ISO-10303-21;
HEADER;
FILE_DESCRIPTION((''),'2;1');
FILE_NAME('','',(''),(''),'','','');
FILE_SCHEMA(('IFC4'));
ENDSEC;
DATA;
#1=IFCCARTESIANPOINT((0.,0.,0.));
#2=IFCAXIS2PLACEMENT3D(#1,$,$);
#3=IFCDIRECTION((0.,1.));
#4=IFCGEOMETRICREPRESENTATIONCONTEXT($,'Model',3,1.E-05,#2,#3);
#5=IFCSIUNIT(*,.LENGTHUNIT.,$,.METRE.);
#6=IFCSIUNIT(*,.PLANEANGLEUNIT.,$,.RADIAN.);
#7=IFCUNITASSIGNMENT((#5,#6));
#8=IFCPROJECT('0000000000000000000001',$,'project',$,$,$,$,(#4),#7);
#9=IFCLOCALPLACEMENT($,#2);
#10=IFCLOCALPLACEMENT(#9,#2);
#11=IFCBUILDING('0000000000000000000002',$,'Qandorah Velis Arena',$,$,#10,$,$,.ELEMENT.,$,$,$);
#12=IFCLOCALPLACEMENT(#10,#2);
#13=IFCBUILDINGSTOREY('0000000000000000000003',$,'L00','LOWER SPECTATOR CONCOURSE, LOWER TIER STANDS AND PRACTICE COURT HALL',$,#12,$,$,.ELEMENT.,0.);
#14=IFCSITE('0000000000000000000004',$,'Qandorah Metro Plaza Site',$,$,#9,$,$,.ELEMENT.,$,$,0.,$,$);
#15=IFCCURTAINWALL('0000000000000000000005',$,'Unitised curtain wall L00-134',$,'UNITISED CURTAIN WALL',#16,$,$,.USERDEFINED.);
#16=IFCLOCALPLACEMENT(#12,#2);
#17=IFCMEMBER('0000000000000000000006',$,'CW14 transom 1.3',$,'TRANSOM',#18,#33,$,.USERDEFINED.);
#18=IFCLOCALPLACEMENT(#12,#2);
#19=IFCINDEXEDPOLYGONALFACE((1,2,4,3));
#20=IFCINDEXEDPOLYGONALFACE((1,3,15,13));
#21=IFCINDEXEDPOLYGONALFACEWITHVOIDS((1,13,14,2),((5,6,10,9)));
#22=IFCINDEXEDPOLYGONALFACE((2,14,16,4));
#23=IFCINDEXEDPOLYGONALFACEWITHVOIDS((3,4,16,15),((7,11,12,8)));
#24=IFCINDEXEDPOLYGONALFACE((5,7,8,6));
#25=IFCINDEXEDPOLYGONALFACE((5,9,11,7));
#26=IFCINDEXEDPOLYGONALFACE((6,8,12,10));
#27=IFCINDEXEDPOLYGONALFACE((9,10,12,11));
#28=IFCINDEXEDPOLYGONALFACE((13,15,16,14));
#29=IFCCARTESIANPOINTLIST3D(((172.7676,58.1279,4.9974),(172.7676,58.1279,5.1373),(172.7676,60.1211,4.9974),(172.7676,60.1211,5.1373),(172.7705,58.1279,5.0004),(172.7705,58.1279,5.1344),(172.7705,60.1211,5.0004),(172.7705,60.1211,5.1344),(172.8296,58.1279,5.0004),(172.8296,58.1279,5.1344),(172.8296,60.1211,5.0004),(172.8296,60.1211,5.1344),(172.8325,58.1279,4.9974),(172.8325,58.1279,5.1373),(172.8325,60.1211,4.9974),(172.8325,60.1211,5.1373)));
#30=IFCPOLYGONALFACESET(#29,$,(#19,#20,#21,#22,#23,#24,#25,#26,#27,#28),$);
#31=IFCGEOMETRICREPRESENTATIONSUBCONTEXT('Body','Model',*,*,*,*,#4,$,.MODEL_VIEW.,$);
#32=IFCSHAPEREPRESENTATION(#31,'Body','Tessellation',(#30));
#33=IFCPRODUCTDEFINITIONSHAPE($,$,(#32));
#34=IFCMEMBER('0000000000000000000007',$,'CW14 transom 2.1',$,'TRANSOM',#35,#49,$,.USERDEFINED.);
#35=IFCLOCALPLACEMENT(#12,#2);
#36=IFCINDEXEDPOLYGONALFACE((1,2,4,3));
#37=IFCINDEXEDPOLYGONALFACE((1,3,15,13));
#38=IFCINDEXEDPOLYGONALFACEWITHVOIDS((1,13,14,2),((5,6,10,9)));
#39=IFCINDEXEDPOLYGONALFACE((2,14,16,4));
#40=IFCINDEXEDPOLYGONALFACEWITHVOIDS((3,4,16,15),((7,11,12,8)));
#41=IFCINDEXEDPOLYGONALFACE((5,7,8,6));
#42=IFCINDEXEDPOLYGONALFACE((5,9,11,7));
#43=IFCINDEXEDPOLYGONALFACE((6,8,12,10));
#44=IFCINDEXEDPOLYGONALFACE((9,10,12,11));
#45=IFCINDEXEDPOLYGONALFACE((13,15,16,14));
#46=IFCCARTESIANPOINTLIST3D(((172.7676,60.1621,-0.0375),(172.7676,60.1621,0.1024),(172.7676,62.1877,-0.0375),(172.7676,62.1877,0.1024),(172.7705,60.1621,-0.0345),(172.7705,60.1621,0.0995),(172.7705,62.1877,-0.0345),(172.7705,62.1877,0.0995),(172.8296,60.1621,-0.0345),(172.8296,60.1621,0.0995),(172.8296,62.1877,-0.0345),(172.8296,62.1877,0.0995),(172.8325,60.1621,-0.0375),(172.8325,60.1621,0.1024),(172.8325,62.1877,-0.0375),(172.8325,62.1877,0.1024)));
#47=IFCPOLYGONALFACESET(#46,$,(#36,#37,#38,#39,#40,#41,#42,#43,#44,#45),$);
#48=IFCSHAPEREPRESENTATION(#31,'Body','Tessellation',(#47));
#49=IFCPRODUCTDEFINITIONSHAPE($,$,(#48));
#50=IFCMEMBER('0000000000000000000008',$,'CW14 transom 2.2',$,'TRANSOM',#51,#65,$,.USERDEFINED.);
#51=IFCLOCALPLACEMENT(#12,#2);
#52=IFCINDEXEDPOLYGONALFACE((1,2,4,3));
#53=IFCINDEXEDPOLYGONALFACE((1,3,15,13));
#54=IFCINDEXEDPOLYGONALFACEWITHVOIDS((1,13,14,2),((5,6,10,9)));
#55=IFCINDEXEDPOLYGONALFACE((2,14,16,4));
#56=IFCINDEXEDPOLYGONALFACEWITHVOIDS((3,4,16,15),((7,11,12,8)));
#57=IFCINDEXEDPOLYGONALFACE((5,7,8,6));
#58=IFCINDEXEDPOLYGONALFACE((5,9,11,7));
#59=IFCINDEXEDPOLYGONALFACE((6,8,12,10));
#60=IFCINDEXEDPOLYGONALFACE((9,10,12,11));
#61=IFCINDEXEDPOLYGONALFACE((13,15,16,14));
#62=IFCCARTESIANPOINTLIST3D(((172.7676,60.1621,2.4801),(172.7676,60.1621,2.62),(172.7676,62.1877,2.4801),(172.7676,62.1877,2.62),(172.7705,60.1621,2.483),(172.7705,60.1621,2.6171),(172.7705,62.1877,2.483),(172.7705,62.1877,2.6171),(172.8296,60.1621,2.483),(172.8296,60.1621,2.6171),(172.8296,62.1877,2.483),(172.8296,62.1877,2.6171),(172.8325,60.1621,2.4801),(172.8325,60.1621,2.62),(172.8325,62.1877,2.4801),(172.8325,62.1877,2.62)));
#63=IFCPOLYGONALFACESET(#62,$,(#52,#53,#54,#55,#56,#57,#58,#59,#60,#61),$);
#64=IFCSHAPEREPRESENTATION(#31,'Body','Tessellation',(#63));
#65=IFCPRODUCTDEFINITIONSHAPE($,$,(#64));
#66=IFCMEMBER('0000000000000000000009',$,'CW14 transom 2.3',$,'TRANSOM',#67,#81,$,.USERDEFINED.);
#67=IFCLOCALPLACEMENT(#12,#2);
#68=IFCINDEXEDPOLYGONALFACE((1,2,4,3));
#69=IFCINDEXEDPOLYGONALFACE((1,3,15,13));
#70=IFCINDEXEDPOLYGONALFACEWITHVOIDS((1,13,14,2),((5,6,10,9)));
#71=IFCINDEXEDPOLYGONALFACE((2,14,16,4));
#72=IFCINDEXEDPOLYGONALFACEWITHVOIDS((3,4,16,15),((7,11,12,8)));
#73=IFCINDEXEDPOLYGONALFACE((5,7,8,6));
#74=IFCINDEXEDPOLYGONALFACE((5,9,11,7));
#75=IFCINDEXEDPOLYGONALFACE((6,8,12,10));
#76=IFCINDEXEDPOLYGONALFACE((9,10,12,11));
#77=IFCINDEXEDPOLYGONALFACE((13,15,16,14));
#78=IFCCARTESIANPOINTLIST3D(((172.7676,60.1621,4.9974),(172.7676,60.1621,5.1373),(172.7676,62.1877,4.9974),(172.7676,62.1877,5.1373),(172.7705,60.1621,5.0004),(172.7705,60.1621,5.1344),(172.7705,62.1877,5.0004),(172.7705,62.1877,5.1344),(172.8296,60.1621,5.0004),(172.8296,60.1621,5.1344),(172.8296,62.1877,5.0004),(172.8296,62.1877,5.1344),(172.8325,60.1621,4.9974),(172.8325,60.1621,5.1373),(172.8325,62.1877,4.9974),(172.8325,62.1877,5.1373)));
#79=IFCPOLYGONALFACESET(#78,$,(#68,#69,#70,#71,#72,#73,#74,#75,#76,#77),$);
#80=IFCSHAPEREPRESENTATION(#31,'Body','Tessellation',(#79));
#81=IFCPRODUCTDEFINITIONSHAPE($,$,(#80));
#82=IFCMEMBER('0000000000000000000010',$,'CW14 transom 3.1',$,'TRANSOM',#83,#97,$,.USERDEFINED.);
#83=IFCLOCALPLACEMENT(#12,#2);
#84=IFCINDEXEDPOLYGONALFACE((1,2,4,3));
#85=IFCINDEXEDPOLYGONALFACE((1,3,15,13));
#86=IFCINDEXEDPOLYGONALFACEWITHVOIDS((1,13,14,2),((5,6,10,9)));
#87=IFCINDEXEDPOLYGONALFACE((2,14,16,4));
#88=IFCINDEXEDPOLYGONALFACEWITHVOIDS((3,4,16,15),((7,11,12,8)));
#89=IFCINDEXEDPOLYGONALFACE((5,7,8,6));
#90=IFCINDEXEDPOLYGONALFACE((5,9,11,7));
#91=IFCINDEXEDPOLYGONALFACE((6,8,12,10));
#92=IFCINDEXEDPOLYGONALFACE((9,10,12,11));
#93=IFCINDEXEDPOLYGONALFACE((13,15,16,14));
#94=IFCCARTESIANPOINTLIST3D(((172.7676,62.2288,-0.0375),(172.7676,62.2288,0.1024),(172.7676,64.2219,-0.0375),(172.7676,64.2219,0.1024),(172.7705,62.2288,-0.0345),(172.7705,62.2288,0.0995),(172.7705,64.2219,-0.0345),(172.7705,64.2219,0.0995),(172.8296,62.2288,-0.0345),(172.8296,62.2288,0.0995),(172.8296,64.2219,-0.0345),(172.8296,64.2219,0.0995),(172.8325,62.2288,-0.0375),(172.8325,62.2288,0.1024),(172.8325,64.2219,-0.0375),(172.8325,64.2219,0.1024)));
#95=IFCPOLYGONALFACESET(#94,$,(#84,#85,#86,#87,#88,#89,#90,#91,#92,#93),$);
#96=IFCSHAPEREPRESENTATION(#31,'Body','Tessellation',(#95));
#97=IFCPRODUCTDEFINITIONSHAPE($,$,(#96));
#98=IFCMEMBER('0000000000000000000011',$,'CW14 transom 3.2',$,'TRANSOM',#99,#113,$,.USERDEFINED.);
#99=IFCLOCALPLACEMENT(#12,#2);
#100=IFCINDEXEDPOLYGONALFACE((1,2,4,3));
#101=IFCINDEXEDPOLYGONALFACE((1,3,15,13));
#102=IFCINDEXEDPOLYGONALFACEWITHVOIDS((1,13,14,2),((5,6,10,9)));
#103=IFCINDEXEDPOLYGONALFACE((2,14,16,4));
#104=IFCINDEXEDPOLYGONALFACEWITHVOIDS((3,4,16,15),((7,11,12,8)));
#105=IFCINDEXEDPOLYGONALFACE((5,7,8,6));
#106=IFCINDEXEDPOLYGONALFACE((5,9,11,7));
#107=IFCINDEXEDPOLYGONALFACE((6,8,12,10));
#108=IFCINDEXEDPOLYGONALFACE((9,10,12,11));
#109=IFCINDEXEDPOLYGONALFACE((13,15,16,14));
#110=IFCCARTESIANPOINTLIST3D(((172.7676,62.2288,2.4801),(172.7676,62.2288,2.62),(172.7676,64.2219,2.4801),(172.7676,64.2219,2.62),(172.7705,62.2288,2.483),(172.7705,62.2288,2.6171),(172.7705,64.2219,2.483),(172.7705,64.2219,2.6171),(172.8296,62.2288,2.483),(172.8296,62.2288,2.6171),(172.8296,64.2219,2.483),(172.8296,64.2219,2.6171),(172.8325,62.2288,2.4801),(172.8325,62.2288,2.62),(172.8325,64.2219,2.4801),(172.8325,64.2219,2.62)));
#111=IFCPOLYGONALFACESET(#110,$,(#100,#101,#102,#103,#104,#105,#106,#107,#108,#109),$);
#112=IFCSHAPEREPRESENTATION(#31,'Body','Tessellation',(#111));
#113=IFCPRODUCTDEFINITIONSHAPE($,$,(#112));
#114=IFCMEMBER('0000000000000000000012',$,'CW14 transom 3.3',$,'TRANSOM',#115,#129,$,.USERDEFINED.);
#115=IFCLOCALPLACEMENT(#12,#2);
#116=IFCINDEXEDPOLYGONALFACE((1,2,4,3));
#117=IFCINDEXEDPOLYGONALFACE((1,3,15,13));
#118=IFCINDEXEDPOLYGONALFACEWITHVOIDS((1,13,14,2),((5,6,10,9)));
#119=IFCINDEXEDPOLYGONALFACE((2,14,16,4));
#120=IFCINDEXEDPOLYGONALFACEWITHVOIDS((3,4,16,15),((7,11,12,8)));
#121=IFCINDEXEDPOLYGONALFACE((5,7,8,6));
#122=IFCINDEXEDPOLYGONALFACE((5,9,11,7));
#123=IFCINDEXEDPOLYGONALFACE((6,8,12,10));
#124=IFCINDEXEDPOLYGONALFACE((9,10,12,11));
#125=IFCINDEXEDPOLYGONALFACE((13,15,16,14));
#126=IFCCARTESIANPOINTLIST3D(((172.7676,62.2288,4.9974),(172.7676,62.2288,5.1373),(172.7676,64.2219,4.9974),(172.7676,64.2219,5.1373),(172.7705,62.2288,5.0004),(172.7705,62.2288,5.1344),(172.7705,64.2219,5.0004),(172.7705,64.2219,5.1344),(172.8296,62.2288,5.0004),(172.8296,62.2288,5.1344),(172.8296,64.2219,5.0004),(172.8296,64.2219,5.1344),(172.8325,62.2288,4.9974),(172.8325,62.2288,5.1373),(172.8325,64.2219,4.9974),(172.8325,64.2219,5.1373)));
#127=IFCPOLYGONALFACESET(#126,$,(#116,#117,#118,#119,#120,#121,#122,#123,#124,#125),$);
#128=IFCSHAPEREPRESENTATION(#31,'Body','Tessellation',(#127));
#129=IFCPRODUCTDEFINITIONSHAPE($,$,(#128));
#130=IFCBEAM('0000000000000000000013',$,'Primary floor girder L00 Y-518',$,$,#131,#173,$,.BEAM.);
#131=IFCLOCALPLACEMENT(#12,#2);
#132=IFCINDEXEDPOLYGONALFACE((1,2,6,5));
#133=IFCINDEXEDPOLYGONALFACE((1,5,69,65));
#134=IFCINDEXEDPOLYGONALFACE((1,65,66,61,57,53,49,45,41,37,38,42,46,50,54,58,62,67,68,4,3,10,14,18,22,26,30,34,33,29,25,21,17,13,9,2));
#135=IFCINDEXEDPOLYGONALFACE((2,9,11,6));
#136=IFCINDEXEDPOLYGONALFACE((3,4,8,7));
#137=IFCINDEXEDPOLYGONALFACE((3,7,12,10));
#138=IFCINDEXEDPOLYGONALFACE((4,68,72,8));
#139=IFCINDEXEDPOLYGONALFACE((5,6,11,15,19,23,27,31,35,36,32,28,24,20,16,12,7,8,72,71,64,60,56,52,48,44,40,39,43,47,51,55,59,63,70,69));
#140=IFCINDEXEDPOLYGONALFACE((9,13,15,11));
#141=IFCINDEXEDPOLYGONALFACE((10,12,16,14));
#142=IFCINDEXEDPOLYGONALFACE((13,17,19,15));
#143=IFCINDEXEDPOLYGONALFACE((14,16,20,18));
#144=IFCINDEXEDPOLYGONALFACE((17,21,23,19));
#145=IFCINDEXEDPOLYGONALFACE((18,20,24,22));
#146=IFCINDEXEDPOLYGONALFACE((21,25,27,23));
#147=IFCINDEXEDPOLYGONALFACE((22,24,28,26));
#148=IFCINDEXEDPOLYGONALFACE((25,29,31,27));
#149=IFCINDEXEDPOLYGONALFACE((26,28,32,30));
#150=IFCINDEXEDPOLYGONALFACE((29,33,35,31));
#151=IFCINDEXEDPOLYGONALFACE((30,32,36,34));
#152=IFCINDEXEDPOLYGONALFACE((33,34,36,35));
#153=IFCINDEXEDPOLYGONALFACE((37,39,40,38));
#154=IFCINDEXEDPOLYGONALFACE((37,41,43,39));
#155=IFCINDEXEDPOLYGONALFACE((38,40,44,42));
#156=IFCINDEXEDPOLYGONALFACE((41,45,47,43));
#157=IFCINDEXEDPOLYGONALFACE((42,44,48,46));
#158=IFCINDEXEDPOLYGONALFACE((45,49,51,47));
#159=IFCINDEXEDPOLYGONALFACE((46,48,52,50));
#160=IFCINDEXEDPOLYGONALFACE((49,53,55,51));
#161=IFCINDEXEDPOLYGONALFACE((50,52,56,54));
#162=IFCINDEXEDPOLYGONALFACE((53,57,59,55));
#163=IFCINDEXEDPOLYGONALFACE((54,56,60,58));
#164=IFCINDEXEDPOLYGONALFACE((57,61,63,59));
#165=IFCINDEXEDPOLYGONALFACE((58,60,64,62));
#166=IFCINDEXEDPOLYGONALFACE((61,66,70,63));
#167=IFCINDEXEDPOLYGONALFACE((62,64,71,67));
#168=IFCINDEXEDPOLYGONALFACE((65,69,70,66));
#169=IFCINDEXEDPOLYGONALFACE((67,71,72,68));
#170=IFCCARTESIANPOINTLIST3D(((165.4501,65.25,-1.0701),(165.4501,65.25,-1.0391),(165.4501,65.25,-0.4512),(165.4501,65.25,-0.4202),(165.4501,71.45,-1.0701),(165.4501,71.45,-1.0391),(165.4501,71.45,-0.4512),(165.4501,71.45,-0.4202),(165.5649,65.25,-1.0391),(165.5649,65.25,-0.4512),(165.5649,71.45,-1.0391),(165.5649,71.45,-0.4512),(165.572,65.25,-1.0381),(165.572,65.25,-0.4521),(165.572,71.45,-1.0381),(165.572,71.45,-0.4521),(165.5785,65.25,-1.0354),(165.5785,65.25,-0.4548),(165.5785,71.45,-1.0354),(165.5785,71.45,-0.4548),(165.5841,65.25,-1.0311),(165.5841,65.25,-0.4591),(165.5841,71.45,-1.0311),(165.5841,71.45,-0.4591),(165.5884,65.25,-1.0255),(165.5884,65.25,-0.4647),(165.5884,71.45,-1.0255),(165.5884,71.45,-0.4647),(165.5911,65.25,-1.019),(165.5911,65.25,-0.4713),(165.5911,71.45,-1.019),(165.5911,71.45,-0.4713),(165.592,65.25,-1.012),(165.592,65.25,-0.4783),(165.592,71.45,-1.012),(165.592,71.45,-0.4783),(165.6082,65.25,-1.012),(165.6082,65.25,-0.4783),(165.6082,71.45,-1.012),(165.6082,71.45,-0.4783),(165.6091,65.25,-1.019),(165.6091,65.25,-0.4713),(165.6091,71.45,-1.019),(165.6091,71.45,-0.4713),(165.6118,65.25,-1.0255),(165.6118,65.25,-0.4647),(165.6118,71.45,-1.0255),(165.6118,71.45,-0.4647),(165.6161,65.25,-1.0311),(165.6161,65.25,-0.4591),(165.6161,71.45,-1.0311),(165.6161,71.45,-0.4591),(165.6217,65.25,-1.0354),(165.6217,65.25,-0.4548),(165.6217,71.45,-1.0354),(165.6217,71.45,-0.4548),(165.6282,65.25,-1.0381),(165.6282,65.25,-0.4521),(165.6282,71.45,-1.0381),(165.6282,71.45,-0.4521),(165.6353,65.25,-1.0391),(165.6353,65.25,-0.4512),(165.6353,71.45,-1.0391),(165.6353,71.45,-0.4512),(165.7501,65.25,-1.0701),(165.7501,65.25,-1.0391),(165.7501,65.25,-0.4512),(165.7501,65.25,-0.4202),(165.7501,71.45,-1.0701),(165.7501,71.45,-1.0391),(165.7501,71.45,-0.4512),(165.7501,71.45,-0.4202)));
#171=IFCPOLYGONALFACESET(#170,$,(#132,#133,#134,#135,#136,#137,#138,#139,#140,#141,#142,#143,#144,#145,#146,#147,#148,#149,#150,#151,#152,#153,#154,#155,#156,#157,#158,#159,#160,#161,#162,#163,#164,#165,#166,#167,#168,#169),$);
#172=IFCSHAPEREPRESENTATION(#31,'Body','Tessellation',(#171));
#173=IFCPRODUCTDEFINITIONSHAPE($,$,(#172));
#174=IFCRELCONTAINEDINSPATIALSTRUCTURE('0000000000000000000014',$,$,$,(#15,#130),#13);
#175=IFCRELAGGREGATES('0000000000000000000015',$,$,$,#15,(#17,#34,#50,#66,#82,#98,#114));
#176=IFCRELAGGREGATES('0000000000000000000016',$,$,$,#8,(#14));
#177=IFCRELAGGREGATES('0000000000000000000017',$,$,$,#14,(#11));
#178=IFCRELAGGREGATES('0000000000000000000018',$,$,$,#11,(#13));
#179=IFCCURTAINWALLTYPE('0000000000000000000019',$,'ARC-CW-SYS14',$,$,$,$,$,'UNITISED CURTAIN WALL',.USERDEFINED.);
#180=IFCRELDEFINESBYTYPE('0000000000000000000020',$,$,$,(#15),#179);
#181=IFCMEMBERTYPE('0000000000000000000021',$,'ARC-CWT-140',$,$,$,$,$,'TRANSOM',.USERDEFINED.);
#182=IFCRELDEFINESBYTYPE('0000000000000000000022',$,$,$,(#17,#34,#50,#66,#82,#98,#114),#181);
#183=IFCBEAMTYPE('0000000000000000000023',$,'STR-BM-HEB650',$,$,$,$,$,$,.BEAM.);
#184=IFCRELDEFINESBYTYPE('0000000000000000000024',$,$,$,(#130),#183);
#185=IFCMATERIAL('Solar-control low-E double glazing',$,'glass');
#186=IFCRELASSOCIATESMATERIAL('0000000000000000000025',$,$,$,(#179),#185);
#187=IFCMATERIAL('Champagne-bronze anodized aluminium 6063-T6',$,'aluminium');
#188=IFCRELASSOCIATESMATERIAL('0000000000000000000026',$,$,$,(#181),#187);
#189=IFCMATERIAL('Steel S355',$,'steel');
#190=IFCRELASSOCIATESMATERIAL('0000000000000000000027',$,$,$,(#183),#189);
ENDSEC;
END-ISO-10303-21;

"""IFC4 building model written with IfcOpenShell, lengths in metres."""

from ifc_helpers import new_model, si_unit, direction, frame, origin, origin_2d, place, context, subcontext, project, spatial, hollow_rectangle, i_section, extrude, material, material_profile, profile_set, type_object, element, aggregate, save


model = new_model("IFC4")

# Units and contexts
model_context = context("Model", 3, precision=1e-05, world=origin(), true_north=direction((0.0, 1.0)))
body_context = subcontext(model_context, "Body", "Model", "MODEL_VIEW")
ifc_project = project(units=[si_unit("LENGTHUNIT", "METRE"), si_unit("PLANEANGLEUNIT", "RADIAN")], contexts=[model_context])

# Site, building, storey
site_placement = place(None, origin())
site = spatial("IfcSite", under=ifc_project, at=site_placement, Name="Qandorah Metro Plaza Site", CompositionType="ELEMENT", RefElevation=0.0)
building_placement = place(site_placement, origin())
building = spatial("IfcBuilding", under=site, at=building_placement, Name="Qandorah Velis Arena", CompositionType="ELEMENT")
storey_placement = place(building_placement, origin())
storey = spatial("IfcBuildingStorey", under=building, at=storey_placement, Name="L00", Description="LOWER SPECTATOR CONCOURSE, LOWER TIER STANDS AND PRACTICE COURT HALL", CompositionType="ELEMENT", Elevation=0.0)

# Shared definitions
ifc_material_1 = material(Name="Solar-control low-E double glazing", Category="glass")
ifc_material_2 = material(Name="Champagne-bronze anodized aluminium 6063-T6", Category="aluminium")

# Curtain wall
curtain_wall_type_1 = type_object("IfcCurtainWallType", Name="ARC-CW-SYS14", ElementType="UNITISED CURTAIN WALL", PredefinedType="USERDEFINED", material=ifc_material_1)
curtain_wall_1_placement = place(storey_placement, origin())
curtain_wall_1 = element("IfcCurtainWall", 1, at=curtain_wall_1_placement, inside=storey, type_object=curtain_wall_type_1, Name="Unitised curtain wall L00-134", ObjectType="UNITISED CURTAIN WALL", PredefinedType="USERDEFINED")

# Members
ifc_material_profile_1 = material_profile(ifc_material_2, hollow_rectangle(XDim=0.0649, YDim=0.1399, WallThickness=0.0029, at=origin_2d()), Name="ALU TRANSOM 65x140")
ifc_profile_set_1 = profile_set([ifc_material_profile_1], Name="Champagne-bronze anodized aluminium 6063-T6")
member_type_1 = type_object("IfcMemberType", Name="ARC-CWT-140", ElementType="TRANSOM", PredefinedType="USERDEFINED", material=ifc_profile_set_1)
member_1_placement = place(storey_placement, frame((172.8, 58.1279, 5.0674), z_axis=(0.0, 1.0, 0.0), x_axis=(-1.0, 0.0, 0.0)))
member_1 = element("IfcMember", 2, at=member_1_placement, type_object=member_type_1, Name="CW14 transom 1.3", ObjectType="TRANSOM", PredefinedType="USERDEFINED", context=body_context, shape_type="SweptSolid", body=[
    extrude(hollow_rectangle(XDim=0.0649, YDim=0.1399, WallThickness=0.0029, at=origin_2d()), origin(), (0.0, 0.0, 1.0), 1.9932),
])
member_2_placement = place(storey_placement, frame((172.8, 60.1621, 0.0325), z_axis=(0.0, 1.0, 0.0), x_axis=(-1.0, 0.0, 0.0)))
member_2 = element("IfcMember", 3, at=member_2_placement, type_object=member_type_1, Name="CW14 transom 2.1", ObjectType="TRANSOM", PredefinedType="USERDEFINED", context=body_context, shape_type="SweptSolid", body=[
    extrude(hollow_rectangle(XDim=0.0649, YDim=0.1399, WallThickness=0.0029, at=origin_2d()), origin(), (0.0, 0.0, 1.0), 2.0256),
])
member_3_placement = place(storey_placement, frame((172.8, 60.1621, 2.55), z_axis=(0.0, 1.0, 0.0), x_axis=(-1.0, 0.0, 0.0)))
member_3 = element("IfcMember", 4, at=member_3_placement, type_object=member_type_1, Name="CW14 transom 2.2", ObjectType="TRANSOM", PredefinedType="USERDEFINED", context=body_context, shape_type="SweptSolid", body=[
    extrude(hollow_rectangle(XDim=0.0649, YDim=0.1399, WallThickness=0.0029, at=origin_2d()), origin(), (0.0, 0.0, 1.0), 2.0256),
])
member_4_placement = place(storey_placement, frame((172.8, 60.1621, 5.0674), z_axis=(0.0, 1.0, 0.0), x_axis=(-1.0, 0.0, 0.0)))
member_4 = element("IfcMember", 5, at=member_4_placement, type_object=member_type_1, Name="CW14 transom 2.3", ObjectType="TRANSOM", PredefinedType="USERDEFINED", context=body_context, shape_type="SweptSolid", body=[
    extrude(hollow_rectangle(XDim=0.0649, YDim=0.1399, WallThickness=0.0029, at=origin_2d()), origin(), (0.0, 0.0, 1.0), 2.0256),
])
member_5_placement = place(storey_placement, frame((172.8, 62.2288, 0.0325), z_axis=(0.0, 1.0, 0.0), x_axis=(-1.0, 0.0, 0.0)))
member_5 = element("IfcMember", 6, at=member_5_placement, type_object=member_type_1, Name="CW14 transom 3.1", ObjectType="TRANSOM", PredefinedType="USERDEFINED", context=body_context, shape_type="SweptSolid", body=[
    extrude(hollow_rectangle(XDim=0.0649, YDim=0.1399, WallThickness=0.0029, at=origin_2d()), origin(), (0.0, 0.0, 1.0), 1.9932),
])
member_6_placement = place(storey_placement, frame((172.8, 62.2288, 2.55), z_axis=(0.0, 1.0, 0.0), x_axis=(-1.0, 0.0, 0.0)))
member_6 = element("IfcMember", 7, at=member_6_placement, type_object=member_type_1, Name="CW14 transom 3.2", ObjectType="TRANSOM", PredefinedType="USERDEFINED", context=body_context, shape_type="SweptSolid", body=[
    extrude(hollow_rectangle(XDim=0.0649, YDim=0.1399, WallThickness=0.0029, at=origin_2d()), origin(), (0.0, 0.0, 1.0), 1.9932),
])
member_7_placement = place(storey_placement, frame((172.8, 62.2288, 5.0674), z_axis=(0.0, 1.0, 0.0), x_axis=(-1.0, 0.0, 0.0)))
member_7 = element("IfcMember", 8, at=member_7_placement, type_object=member_type_1, Name="CW14 transom 3.3", ObjectType="TRANSOM", PredefinedType="USERDEFINED", context=body_context, shape_type="SweptSolid", body=[
    extrude(hollow_rectangle(XDim=0.0649, YDim=0.1399, WallThickness=0.0029, at=origin_2d()), origin(), (0.0, 0.0, 1.0), 1.9932),
])

# Beam
ifc_material_3 = material(Name="Steel S355", Category="steel")
ifc_material_profile_2 = material_profile(ifc_material_3, i_section(OverallWidth=0.3, OverallDepth=0.6499, WebThickness=0.0161, FlangeThickness=0.031, FilletRadius=0.0271, at=origin_2d()), Name="HEB 650")
ifc_profile_set_2 = profile_set([ifc_material_profile_2], Name="Steel S355")
beam_type_1 = type_object("IfcBeamType", Name="STR-BM-HEB650", PredefinedType="BEAM", material=ifc_profile_set_2)
beam_1_placement = place(storey_placement, frame((165.6001, 65.25, -0.7451), z_axis=(0.0, 1.0, 0.0), x_axis=(-1.0, 0.0, 0.0)))
element("IfcBeam", 9, at=beam_1_placement, inside=storey, type_object=beam_type_1, Name="Primary floor girder L00 Y-518", PredefinedType="BEAM", context=body_context, shape_type="SweptSolid", body=[
    extrude(i_section(OverallWidth=0.3, OverallDepth=0.6499, WebThickness=0.0161, FlangeThickness=0.031, FilletRadius=0.0271, at=origin_2d()), origin(), (0.0, 0.0, 1.0), 6.2),
])

aggregate(curtain_wall_1, [member_1, member_2, member_3, member_4, member_5, member_6, member_7])

save(model, "model.ifc")
